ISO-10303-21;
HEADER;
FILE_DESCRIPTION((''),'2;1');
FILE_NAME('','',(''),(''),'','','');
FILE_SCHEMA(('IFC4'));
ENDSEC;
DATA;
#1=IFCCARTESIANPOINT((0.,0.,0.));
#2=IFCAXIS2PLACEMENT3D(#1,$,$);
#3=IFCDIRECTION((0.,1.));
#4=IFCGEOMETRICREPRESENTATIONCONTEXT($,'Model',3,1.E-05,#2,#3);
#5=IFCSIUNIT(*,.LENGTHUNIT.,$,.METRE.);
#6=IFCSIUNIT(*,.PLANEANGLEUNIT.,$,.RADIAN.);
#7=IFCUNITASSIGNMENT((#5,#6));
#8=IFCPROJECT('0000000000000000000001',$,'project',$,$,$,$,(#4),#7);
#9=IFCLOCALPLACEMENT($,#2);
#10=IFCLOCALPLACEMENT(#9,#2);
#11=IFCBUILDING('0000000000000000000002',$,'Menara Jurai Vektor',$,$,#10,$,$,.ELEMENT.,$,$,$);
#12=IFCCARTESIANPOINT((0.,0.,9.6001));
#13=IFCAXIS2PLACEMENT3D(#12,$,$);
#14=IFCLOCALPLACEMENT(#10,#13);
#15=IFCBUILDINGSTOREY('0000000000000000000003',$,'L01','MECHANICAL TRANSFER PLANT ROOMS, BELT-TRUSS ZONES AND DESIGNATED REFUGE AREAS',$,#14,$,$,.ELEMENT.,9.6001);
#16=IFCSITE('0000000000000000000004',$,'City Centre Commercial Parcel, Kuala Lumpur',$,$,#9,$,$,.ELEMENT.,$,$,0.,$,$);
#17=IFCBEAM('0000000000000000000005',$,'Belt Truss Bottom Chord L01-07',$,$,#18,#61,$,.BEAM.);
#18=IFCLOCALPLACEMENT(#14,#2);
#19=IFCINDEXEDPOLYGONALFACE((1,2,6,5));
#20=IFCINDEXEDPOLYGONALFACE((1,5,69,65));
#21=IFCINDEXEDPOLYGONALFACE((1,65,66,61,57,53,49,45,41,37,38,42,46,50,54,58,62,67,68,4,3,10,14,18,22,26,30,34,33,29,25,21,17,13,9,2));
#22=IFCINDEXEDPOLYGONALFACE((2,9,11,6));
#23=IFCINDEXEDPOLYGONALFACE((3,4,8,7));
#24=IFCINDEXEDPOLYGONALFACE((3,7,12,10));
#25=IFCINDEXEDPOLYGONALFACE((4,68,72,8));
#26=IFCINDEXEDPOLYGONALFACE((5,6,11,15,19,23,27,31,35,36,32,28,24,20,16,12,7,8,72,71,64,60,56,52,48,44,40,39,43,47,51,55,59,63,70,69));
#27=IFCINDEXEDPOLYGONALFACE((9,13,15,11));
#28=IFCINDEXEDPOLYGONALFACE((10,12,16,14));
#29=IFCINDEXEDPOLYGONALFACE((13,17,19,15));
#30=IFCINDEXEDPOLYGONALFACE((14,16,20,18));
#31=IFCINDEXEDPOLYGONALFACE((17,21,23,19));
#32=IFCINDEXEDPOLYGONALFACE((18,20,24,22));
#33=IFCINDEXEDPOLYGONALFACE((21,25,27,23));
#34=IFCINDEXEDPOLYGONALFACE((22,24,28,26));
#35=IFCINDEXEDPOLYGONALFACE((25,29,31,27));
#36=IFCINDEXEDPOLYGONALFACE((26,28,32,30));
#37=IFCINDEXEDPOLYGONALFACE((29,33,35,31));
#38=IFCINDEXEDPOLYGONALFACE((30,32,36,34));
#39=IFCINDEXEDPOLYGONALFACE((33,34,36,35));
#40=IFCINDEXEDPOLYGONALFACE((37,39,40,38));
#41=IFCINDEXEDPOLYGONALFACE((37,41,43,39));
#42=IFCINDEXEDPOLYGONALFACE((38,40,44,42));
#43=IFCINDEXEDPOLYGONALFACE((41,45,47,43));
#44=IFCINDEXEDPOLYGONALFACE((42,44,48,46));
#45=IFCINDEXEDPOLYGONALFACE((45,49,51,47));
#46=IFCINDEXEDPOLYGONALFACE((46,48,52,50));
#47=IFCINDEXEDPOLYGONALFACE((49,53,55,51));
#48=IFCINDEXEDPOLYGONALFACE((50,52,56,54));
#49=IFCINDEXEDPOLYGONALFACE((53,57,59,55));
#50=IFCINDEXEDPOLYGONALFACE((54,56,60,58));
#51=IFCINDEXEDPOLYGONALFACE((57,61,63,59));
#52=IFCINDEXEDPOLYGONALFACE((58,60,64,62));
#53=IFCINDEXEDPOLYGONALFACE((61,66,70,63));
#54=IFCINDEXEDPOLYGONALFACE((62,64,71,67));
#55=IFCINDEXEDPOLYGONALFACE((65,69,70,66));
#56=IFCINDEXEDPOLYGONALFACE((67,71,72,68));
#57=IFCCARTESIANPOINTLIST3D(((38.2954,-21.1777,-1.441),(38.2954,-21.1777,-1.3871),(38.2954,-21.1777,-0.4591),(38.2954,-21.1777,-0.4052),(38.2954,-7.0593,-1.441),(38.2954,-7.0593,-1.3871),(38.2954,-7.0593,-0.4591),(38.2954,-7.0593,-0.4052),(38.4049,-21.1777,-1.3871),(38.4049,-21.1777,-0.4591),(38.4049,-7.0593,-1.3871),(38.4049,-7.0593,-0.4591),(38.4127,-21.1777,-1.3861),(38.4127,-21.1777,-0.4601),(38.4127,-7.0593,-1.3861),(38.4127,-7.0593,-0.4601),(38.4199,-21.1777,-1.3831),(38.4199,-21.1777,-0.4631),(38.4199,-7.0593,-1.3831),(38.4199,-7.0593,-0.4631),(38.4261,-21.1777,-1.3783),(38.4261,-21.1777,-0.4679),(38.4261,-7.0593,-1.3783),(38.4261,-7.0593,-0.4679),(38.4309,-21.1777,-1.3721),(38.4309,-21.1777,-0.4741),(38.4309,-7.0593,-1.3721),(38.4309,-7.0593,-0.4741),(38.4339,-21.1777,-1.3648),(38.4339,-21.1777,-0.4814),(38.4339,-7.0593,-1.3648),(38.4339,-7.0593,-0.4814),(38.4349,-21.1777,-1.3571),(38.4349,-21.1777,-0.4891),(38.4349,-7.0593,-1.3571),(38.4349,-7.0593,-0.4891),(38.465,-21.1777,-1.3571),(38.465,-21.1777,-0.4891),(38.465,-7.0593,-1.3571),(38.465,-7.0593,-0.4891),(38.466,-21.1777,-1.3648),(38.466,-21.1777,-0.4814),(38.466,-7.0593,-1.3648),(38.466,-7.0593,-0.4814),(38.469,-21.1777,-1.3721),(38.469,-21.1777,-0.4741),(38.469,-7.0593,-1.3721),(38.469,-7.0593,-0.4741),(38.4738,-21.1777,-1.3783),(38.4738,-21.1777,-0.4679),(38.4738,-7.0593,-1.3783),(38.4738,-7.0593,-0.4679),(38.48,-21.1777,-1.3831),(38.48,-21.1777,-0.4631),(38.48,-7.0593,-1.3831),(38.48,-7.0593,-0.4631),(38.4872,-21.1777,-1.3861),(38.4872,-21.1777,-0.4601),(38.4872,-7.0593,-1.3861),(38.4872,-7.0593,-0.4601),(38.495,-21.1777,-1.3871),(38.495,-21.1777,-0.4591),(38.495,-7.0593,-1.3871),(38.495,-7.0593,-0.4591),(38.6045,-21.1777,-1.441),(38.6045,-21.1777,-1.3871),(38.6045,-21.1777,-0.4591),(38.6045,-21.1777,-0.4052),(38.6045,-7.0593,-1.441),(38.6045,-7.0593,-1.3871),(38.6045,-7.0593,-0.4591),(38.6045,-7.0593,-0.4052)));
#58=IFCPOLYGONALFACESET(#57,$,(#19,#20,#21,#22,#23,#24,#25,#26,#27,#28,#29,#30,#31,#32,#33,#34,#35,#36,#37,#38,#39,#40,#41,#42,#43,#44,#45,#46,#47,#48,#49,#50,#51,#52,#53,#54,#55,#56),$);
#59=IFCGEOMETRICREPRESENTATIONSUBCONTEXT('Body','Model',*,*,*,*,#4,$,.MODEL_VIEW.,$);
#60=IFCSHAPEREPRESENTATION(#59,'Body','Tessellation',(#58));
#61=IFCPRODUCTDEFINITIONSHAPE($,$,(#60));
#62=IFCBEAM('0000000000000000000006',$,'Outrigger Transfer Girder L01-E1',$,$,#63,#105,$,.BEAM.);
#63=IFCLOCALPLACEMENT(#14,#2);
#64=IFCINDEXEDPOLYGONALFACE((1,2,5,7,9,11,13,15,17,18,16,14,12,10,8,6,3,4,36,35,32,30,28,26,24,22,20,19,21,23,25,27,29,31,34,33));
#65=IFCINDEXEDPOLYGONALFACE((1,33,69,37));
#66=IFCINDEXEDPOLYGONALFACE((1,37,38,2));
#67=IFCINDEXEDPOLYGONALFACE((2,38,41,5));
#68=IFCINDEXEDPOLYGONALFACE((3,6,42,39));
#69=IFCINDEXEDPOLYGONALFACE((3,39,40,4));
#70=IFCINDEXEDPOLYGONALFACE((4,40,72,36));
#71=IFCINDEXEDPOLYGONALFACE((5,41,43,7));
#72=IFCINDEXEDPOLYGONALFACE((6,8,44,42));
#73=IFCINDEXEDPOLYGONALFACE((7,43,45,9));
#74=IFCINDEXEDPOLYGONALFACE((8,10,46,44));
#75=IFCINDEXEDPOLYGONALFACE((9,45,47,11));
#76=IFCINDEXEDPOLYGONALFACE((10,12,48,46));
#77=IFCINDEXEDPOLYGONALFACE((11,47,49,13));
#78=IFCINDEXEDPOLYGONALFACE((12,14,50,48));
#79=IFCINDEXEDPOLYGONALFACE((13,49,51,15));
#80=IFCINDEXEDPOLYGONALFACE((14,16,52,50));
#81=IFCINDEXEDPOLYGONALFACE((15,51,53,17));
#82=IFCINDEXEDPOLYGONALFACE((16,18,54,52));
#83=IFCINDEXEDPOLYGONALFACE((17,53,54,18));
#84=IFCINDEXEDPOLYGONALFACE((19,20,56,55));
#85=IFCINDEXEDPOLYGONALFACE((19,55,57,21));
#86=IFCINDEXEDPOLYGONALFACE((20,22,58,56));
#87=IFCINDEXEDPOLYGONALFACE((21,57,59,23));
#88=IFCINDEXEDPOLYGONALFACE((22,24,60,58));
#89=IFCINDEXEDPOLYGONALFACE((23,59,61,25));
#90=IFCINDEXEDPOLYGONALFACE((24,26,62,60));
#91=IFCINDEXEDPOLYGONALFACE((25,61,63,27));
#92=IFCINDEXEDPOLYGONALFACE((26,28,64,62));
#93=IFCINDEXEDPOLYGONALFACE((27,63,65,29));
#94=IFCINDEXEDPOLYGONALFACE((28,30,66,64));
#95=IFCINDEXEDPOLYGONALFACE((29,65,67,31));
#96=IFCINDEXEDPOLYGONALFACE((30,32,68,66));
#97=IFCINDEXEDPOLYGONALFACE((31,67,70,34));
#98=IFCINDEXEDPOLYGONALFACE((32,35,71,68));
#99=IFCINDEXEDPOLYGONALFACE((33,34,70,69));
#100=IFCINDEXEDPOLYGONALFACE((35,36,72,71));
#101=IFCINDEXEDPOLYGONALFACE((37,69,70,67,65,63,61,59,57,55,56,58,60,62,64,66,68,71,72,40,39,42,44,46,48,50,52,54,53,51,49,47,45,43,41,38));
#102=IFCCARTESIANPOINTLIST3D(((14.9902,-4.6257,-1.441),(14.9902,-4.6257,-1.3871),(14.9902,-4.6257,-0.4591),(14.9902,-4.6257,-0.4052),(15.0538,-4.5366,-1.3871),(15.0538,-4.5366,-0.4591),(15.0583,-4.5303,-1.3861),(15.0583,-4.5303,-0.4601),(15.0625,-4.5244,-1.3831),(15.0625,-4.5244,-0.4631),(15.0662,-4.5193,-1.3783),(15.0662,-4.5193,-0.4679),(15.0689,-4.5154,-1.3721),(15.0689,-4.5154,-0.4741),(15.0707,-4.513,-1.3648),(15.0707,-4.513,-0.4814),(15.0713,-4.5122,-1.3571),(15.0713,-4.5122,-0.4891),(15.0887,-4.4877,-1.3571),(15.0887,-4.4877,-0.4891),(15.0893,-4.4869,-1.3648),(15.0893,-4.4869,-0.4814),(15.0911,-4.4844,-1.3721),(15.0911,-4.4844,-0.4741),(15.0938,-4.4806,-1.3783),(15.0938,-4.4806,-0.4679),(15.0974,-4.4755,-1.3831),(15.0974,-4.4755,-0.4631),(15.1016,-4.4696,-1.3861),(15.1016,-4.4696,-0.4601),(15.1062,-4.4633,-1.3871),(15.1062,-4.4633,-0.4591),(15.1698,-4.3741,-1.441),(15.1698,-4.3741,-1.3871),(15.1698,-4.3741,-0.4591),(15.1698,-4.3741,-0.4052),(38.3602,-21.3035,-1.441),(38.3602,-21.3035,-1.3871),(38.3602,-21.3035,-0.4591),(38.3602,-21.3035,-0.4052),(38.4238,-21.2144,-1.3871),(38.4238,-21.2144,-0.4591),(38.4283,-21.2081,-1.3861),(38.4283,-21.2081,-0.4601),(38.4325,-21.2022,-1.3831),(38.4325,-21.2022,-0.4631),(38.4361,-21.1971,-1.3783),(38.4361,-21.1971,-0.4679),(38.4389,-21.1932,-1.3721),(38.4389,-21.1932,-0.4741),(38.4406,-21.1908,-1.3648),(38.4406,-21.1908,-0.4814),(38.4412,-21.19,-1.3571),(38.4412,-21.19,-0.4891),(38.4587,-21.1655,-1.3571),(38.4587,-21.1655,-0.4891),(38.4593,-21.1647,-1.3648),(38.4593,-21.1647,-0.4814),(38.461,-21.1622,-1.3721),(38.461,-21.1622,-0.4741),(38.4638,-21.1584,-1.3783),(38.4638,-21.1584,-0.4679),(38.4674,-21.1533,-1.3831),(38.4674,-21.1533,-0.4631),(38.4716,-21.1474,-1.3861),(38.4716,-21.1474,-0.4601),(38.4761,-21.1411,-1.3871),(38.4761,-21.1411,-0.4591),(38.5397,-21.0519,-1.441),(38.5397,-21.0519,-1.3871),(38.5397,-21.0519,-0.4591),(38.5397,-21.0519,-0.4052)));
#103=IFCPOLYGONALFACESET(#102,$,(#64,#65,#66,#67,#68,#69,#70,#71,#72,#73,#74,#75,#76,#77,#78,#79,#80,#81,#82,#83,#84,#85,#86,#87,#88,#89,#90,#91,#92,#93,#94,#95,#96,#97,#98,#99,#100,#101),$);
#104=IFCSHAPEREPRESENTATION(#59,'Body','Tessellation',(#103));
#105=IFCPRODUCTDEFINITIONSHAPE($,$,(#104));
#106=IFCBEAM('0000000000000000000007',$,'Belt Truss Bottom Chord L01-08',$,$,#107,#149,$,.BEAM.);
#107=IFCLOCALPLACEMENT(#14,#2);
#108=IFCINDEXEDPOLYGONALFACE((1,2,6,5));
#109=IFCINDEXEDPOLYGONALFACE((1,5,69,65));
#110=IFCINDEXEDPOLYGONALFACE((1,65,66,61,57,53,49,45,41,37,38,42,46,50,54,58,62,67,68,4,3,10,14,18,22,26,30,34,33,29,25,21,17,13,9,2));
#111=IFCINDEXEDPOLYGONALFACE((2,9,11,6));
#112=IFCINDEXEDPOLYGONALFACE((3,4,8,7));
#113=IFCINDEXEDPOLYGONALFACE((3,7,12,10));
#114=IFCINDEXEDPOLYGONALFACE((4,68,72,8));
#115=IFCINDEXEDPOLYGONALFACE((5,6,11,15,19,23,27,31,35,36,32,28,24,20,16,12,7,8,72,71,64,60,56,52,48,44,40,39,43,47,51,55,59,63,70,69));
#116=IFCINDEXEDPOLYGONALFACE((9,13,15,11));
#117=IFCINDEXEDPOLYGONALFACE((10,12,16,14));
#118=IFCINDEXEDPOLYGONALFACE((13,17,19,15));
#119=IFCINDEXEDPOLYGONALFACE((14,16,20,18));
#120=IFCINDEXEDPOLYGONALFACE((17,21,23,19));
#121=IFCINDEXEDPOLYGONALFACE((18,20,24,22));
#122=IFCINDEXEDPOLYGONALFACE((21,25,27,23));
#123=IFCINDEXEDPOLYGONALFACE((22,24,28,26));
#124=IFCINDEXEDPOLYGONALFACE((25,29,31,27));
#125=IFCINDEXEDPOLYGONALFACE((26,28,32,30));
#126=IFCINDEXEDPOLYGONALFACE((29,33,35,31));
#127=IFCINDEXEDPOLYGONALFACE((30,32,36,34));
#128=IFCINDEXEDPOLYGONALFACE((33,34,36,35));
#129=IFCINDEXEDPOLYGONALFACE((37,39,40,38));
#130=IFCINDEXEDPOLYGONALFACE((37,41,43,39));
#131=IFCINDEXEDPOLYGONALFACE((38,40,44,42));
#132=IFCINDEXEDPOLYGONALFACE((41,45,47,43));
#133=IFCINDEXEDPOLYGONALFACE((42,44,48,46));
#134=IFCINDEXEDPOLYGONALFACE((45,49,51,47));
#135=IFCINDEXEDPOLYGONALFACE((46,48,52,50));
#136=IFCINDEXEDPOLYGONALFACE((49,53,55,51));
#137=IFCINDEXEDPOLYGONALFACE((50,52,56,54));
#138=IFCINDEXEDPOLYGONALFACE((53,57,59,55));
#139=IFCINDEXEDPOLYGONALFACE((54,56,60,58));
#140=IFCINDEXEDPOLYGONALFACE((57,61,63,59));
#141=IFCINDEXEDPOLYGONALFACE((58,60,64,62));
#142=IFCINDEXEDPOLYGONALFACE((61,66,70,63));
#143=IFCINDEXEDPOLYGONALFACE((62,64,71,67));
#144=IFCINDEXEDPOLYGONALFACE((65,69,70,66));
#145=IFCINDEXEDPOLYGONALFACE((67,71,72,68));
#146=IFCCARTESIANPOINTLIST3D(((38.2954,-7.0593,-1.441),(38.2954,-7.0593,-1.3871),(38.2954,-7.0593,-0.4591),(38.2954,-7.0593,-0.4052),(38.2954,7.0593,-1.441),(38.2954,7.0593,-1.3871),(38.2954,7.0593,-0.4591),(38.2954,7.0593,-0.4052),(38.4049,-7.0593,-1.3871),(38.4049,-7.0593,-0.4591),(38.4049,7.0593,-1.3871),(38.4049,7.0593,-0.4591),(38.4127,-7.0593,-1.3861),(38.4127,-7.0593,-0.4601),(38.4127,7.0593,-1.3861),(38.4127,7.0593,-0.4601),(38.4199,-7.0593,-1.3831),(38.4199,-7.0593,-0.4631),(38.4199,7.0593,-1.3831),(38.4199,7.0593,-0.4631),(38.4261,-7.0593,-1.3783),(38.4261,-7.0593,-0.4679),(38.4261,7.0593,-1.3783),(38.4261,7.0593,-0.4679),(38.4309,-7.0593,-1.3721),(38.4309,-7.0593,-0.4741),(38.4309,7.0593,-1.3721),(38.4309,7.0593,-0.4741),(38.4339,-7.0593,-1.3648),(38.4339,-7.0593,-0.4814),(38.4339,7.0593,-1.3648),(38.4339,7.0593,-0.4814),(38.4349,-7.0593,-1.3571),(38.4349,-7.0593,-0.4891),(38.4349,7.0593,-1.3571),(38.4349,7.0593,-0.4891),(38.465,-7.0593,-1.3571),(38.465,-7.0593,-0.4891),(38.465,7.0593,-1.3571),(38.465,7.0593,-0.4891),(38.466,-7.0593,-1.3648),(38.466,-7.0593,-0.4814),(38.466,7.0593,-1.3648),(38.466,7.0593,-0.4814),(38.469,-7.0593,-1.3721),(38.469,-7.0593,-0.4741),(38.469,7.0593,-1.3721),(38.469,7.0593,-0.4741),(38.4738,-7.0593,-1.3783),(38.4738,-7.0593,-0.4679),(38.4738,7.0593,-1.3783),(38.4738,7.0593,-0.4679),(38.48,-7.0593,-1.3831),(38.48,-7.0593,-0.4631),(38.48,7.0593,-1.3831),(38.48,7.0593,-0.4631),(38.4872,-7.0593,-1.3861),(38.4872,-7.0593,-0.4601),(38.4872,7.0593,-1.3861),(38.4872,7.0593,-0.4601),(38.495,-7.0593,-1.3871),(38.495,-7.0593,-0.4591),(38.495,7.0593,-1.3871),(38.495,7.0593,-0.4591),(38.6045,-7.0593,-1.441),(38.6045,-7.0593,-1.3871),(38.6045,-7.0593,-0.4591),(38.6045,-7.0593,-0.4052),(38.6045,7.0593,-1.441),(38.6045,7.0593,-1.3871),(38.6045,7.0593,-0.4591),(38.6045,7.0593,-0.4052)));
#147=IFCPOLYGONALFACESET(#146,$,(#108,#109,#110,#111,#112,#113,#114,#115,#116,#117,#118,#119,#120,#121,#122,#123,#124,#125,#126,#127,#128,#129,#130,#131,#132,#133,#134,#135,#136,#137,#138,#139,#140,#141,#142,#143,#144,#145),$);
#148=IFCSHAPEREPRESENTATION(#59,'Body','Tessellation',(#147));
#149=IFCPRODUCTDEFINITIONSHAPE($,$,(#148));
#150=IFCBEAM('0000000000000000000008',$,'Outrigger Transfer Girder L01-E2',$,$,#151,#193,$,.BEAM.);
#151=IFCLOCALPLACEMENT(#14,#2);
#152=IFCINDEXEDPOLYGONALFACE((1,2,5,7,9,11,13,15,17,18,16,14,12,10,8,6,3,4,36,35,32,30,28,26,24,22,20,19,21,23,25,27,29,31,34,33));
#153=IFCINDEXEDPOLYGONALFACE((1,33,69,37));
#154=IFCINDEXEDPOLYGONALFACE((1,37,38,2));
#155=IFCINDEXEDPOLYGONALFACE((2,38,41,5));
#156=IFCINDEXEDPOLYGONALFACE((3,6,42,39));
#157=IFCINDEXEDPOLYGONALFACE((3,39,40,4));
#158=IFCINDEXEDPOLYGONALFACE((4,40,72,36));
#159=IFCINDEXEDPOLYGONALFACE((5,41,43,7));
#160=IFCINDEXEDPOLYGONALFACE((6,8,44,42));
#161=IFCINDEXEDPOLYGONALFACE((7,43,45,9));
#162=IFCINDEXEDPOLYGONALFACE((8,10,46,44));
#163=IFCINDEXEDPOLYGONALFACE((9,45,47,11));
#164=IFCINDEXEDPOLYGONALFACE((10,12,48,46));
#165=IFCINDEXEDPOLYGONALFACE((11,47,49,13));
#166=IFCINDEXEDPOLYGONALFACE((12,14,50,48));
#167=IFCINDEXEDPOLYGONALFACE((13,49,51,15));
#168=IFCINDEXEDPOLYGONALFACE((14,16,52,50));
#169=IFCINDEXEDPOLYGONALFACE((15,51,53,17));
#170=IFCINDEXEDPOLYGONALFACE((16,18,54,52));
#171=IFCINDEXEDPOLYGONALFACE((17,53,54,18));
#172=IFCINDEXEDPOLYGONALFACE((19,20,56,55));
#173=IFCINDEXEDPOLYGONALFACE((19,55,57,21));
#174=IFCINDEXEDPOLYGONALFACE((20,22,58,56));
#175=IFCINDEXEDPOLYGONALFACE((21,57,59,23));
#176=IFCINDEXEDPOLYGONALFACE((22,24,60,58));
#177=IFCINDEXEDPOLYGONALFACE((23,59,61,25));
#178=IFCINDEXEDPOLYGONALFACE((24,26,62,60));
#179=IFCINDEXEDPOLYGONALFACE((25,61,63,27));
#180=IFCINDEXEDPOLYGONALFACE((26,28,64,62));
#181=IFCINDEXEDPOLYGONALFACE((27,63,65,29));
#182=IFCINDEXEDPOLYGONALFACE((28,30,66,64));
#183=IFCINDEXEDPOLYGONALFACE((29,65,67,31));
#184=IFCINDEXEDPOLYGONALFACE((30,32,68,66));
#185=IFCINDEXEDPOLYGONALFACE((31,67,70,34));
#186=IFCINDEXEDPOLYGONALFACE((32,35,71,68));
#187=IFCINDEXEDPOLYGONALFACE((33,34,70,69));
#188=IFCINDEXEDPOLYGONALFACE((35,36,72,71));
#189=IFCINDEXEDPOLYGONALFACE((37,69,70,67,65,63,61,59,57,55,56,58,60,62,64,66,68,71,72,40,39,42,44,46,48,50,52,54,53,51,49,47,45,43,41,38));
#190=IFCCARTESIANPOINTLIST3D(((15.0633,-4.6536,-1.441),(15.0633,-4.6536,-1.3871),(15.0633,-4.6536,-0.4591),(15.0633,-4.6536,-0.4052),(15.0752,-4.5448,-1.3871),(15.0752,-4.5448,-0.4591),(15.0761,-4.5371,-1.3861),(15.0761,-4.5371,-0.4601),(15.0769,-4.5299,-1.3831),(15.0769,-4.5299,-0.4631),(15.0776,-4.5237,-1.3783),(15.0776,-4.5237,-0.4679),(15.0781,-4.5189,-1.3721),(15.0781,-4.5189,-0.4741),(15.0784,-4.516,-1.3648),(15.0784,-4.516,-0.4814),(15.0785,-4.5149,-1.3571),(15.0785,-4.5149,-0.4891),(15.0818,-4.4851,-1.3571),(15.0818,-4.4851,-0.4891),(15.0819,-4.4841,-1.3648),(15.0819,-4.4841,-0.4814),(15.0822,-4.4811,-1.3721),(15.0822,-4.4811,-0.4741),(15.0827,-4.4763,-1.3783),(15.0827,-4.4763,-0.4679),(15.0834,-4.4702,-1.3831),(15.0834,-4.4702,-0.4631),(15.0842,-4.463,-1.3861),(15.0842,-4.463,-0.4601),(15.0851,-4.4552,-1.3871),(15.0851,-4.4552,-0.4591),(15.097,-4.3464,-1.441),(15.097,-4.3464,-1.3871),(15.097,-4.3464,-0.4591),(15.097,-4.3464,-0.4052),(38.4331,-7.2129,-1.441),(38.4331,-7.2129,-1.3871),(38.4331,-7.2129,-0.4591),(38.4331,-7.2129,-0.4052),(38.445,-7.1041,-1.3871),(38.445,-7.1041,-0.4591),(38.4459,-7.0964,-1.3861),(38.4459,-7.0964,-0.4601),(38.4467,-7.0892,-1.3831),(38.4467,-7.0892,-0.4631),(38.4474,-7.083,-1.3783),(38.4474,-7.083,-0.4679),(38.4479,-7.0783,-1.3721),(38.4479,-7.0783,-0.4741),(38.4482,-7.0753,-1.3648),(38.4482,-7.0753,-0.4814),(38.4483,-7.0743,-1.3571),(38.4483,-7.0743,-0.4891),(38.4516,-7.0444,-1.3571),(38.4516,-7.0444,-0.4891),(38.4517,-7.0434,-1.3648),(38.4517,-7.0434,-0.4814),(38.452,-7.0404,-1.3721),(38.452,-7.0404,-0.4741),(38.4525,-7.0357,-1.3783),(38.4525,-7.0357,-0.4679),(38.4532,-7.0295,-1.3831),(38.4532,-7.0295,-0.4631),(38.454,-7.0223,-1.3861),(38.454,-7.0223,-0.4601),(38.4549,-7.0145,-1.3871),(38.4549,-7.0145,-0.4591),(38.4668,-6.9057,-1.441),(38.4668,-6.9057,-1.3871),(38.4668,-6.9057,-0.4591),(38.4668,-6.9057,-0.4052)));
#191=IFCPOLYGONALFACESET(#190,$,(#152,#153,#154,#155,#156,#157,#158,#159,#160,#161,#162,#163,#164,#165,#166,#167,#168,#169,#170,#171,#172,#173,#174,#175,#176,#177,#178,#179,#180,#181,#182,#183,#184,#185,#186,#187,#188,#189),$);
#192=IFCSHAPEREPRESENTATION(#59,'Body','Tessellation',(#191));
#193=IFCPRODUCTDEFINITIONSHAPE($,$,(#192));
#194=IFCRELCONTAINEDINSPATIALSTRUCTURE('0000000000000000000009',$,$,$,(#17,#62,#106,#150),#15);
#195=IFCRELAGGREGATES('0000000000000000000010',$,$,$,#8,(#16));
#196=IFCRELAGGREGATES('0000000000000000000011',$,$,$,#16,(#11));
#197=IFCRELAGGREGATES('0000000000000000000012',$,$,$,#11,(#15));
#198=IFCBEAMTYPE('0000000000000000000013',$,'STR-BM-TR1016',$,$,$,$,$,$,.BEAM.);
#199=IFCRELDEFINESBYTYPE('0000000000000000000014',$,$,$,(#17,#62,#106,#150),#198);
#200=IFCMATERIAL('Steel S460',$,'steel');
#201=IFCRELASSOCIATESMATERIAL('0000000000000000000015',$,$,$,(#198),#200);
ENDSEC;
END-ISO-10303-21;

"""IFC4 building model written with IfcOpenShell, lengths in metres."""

from ifc_helpers import new_model, si_unit, direction, frame, origin, origin_2d, place, context, subcontext, project, spatial, i_section, extrude, material, material_profile, profile_set, type_object, element, save


model = new_model("IFC4")

# Units and contexts
model_context = context("Model", 3, precision=1e-05, world=origin(), true_north=direction((0.0, 1.0)))
body_context = subcontext(model_context, "Body", "Model", "MODEL_VIEW")
ifc_project = project(units=[si_unit("LENGTHUNIT", "METRE"), si_unit("PLANEANGLEUNIT", "RADIAN")], contexts=[model_context])

# Site, building, storey
site_placement = place(None, origin())
site = spatial("IfcSite", under=ifc_project, at=site_placement, Name="City Centre Commercial Parcel, Kuala Lumpur", CompositionType="ELEMENT", RefElevation=0.0)
building_placement = place(site_placement, origin())
building = spatial("IfcBuilding", under=site, at=building_placement, Name="Menara Jurai Vektor", CompositionType="ELEMENT")
storey_placement = place(building_placement, frame((0.0, 0.0, 9.6001)))
storey = spatial("IfcBuildingStorey", under=building, at=storey_placement, Name="L01", Description="MECHANICAL TRANSFER PLANT ROOMS, BELT-TRUSS ZONES AND DESIGNATED REFUGE AREAS", CompositionType="ELEMENT", Elevation=9.6001)

# Shared definitions
ifc_material_1 = material(Name="Steel S460", Category="steel")

# Beams
ifc_material_profile_1 = material_profile(ifc_material_1, i_section(OverallWidth=0.3091, OverallDepth=1.0359, WebThickness=0.03, FlangeThickness=0.054, FilletRadius=0.03, at=origin_2d()), Name="UKB 1016x305x487")
ifc_profile_set_1 = profile_set([ifc_material_profile_1], Name="Steel S460")
beam_type_1 = type_object("IfcBeamType", Name="STR-BM-TR1016", PredefinedType="BEAM", material=ifc_profile_set_1)
beam_1_placement = place(storey_placement, frame((38.45, -21.1777, -0.9231), z_axis=(0.0, 1.0, 0.0), x_axis=(-1.0, 0.0, 0.0)))
element("IfcBeam", 1, at=beam_1_placement, inside=storey, type_object=beam_type_1, Name="Belt Truss Bottom Chord L01-07", PredefinedType="BEAM", context=body_context, shape_type="SweptSolid", body=[
    extrude(i_section(OverallWidth=0.3091, OverallDepth=1.0359, WebThickness=0.03, FlangeThickness=0.054, FilletRadius=0.03, at=origin_2d()), origin(), (0.0, 0.0, 1.0), 14.1184),
])
beam_2_placement = place(storey_placement, frame((38.45, -21.1777, -0.9231), z_axis=(-0.813981, 0.580891, 0.0), x_axis=(-0.580891, -0.813981, 0.0)))
element("IfcBeam", 2, at=beam_2_placement, inside=storey, type_object=beam_type_1, Name="Outrigger Transfer Girder L01-E1", PredefinedType="BEAM", context=body_context, shape_type="SweptSolid", body=[
    extrude(i_section(OverallWidth=0.3091, OverallDepth=1.0359, WebThickness=0.03, FlangeThickness=0.054, FilletRadius=0.03, at=origin_2d()), origin(), (0.0, 0.0, 1.0), 28.7107),
])
beam_3_placement = place(storey_placement, frame((38.45, -7.0593, -0.9231), z_axis=(0.0, 1.0, 0.0), x_axis=(-1.0, 0.0, 0.0)))
element("IfcBeam", 3, at=beam_3_placement, inside=storey, type_object=beam_type_1, Name="Belt Truss Bottom Chord L01-08", PredefinedType="BEAM", context=body_context, shape_type="SweptSolid", body=[
    extrude(i_section(OverallWidth=0.3091, OverallDepth=1.0359, WebThickness=0.03, FlangeThickness=0.054, FilletRadius=0.03, at=origin_2d()), origin(), (0.0, 0.0, 1.0), 14.1187),
])
beam_4_placement = place(storey_placement, frame((38.45, -7.0593, -0.9231), z_axis=(-0.994057, 0.108863, 0.0), x_axis=(-0.108863, -0.994057, 0.0)))
element("IfcBeam", 4, at=beam_4_placement, inside=storey, type_object=beam_type_1, Name="Outrigger Transfer Girder L01-E2", PredefinedType="BEAM", context=body_context, shape_type="SweptSolid", body=[
    extrude(i_section(OverallWidth=0.3091, OverallDepth=1.0359, WebThickness=0.03, FlangeThickness=0.054, FilletRadius=0.03, at=origin_2d()), origin(), (0.0, 0.0, 1.0), 23.5095),
])

save(model, "model.ifc")
